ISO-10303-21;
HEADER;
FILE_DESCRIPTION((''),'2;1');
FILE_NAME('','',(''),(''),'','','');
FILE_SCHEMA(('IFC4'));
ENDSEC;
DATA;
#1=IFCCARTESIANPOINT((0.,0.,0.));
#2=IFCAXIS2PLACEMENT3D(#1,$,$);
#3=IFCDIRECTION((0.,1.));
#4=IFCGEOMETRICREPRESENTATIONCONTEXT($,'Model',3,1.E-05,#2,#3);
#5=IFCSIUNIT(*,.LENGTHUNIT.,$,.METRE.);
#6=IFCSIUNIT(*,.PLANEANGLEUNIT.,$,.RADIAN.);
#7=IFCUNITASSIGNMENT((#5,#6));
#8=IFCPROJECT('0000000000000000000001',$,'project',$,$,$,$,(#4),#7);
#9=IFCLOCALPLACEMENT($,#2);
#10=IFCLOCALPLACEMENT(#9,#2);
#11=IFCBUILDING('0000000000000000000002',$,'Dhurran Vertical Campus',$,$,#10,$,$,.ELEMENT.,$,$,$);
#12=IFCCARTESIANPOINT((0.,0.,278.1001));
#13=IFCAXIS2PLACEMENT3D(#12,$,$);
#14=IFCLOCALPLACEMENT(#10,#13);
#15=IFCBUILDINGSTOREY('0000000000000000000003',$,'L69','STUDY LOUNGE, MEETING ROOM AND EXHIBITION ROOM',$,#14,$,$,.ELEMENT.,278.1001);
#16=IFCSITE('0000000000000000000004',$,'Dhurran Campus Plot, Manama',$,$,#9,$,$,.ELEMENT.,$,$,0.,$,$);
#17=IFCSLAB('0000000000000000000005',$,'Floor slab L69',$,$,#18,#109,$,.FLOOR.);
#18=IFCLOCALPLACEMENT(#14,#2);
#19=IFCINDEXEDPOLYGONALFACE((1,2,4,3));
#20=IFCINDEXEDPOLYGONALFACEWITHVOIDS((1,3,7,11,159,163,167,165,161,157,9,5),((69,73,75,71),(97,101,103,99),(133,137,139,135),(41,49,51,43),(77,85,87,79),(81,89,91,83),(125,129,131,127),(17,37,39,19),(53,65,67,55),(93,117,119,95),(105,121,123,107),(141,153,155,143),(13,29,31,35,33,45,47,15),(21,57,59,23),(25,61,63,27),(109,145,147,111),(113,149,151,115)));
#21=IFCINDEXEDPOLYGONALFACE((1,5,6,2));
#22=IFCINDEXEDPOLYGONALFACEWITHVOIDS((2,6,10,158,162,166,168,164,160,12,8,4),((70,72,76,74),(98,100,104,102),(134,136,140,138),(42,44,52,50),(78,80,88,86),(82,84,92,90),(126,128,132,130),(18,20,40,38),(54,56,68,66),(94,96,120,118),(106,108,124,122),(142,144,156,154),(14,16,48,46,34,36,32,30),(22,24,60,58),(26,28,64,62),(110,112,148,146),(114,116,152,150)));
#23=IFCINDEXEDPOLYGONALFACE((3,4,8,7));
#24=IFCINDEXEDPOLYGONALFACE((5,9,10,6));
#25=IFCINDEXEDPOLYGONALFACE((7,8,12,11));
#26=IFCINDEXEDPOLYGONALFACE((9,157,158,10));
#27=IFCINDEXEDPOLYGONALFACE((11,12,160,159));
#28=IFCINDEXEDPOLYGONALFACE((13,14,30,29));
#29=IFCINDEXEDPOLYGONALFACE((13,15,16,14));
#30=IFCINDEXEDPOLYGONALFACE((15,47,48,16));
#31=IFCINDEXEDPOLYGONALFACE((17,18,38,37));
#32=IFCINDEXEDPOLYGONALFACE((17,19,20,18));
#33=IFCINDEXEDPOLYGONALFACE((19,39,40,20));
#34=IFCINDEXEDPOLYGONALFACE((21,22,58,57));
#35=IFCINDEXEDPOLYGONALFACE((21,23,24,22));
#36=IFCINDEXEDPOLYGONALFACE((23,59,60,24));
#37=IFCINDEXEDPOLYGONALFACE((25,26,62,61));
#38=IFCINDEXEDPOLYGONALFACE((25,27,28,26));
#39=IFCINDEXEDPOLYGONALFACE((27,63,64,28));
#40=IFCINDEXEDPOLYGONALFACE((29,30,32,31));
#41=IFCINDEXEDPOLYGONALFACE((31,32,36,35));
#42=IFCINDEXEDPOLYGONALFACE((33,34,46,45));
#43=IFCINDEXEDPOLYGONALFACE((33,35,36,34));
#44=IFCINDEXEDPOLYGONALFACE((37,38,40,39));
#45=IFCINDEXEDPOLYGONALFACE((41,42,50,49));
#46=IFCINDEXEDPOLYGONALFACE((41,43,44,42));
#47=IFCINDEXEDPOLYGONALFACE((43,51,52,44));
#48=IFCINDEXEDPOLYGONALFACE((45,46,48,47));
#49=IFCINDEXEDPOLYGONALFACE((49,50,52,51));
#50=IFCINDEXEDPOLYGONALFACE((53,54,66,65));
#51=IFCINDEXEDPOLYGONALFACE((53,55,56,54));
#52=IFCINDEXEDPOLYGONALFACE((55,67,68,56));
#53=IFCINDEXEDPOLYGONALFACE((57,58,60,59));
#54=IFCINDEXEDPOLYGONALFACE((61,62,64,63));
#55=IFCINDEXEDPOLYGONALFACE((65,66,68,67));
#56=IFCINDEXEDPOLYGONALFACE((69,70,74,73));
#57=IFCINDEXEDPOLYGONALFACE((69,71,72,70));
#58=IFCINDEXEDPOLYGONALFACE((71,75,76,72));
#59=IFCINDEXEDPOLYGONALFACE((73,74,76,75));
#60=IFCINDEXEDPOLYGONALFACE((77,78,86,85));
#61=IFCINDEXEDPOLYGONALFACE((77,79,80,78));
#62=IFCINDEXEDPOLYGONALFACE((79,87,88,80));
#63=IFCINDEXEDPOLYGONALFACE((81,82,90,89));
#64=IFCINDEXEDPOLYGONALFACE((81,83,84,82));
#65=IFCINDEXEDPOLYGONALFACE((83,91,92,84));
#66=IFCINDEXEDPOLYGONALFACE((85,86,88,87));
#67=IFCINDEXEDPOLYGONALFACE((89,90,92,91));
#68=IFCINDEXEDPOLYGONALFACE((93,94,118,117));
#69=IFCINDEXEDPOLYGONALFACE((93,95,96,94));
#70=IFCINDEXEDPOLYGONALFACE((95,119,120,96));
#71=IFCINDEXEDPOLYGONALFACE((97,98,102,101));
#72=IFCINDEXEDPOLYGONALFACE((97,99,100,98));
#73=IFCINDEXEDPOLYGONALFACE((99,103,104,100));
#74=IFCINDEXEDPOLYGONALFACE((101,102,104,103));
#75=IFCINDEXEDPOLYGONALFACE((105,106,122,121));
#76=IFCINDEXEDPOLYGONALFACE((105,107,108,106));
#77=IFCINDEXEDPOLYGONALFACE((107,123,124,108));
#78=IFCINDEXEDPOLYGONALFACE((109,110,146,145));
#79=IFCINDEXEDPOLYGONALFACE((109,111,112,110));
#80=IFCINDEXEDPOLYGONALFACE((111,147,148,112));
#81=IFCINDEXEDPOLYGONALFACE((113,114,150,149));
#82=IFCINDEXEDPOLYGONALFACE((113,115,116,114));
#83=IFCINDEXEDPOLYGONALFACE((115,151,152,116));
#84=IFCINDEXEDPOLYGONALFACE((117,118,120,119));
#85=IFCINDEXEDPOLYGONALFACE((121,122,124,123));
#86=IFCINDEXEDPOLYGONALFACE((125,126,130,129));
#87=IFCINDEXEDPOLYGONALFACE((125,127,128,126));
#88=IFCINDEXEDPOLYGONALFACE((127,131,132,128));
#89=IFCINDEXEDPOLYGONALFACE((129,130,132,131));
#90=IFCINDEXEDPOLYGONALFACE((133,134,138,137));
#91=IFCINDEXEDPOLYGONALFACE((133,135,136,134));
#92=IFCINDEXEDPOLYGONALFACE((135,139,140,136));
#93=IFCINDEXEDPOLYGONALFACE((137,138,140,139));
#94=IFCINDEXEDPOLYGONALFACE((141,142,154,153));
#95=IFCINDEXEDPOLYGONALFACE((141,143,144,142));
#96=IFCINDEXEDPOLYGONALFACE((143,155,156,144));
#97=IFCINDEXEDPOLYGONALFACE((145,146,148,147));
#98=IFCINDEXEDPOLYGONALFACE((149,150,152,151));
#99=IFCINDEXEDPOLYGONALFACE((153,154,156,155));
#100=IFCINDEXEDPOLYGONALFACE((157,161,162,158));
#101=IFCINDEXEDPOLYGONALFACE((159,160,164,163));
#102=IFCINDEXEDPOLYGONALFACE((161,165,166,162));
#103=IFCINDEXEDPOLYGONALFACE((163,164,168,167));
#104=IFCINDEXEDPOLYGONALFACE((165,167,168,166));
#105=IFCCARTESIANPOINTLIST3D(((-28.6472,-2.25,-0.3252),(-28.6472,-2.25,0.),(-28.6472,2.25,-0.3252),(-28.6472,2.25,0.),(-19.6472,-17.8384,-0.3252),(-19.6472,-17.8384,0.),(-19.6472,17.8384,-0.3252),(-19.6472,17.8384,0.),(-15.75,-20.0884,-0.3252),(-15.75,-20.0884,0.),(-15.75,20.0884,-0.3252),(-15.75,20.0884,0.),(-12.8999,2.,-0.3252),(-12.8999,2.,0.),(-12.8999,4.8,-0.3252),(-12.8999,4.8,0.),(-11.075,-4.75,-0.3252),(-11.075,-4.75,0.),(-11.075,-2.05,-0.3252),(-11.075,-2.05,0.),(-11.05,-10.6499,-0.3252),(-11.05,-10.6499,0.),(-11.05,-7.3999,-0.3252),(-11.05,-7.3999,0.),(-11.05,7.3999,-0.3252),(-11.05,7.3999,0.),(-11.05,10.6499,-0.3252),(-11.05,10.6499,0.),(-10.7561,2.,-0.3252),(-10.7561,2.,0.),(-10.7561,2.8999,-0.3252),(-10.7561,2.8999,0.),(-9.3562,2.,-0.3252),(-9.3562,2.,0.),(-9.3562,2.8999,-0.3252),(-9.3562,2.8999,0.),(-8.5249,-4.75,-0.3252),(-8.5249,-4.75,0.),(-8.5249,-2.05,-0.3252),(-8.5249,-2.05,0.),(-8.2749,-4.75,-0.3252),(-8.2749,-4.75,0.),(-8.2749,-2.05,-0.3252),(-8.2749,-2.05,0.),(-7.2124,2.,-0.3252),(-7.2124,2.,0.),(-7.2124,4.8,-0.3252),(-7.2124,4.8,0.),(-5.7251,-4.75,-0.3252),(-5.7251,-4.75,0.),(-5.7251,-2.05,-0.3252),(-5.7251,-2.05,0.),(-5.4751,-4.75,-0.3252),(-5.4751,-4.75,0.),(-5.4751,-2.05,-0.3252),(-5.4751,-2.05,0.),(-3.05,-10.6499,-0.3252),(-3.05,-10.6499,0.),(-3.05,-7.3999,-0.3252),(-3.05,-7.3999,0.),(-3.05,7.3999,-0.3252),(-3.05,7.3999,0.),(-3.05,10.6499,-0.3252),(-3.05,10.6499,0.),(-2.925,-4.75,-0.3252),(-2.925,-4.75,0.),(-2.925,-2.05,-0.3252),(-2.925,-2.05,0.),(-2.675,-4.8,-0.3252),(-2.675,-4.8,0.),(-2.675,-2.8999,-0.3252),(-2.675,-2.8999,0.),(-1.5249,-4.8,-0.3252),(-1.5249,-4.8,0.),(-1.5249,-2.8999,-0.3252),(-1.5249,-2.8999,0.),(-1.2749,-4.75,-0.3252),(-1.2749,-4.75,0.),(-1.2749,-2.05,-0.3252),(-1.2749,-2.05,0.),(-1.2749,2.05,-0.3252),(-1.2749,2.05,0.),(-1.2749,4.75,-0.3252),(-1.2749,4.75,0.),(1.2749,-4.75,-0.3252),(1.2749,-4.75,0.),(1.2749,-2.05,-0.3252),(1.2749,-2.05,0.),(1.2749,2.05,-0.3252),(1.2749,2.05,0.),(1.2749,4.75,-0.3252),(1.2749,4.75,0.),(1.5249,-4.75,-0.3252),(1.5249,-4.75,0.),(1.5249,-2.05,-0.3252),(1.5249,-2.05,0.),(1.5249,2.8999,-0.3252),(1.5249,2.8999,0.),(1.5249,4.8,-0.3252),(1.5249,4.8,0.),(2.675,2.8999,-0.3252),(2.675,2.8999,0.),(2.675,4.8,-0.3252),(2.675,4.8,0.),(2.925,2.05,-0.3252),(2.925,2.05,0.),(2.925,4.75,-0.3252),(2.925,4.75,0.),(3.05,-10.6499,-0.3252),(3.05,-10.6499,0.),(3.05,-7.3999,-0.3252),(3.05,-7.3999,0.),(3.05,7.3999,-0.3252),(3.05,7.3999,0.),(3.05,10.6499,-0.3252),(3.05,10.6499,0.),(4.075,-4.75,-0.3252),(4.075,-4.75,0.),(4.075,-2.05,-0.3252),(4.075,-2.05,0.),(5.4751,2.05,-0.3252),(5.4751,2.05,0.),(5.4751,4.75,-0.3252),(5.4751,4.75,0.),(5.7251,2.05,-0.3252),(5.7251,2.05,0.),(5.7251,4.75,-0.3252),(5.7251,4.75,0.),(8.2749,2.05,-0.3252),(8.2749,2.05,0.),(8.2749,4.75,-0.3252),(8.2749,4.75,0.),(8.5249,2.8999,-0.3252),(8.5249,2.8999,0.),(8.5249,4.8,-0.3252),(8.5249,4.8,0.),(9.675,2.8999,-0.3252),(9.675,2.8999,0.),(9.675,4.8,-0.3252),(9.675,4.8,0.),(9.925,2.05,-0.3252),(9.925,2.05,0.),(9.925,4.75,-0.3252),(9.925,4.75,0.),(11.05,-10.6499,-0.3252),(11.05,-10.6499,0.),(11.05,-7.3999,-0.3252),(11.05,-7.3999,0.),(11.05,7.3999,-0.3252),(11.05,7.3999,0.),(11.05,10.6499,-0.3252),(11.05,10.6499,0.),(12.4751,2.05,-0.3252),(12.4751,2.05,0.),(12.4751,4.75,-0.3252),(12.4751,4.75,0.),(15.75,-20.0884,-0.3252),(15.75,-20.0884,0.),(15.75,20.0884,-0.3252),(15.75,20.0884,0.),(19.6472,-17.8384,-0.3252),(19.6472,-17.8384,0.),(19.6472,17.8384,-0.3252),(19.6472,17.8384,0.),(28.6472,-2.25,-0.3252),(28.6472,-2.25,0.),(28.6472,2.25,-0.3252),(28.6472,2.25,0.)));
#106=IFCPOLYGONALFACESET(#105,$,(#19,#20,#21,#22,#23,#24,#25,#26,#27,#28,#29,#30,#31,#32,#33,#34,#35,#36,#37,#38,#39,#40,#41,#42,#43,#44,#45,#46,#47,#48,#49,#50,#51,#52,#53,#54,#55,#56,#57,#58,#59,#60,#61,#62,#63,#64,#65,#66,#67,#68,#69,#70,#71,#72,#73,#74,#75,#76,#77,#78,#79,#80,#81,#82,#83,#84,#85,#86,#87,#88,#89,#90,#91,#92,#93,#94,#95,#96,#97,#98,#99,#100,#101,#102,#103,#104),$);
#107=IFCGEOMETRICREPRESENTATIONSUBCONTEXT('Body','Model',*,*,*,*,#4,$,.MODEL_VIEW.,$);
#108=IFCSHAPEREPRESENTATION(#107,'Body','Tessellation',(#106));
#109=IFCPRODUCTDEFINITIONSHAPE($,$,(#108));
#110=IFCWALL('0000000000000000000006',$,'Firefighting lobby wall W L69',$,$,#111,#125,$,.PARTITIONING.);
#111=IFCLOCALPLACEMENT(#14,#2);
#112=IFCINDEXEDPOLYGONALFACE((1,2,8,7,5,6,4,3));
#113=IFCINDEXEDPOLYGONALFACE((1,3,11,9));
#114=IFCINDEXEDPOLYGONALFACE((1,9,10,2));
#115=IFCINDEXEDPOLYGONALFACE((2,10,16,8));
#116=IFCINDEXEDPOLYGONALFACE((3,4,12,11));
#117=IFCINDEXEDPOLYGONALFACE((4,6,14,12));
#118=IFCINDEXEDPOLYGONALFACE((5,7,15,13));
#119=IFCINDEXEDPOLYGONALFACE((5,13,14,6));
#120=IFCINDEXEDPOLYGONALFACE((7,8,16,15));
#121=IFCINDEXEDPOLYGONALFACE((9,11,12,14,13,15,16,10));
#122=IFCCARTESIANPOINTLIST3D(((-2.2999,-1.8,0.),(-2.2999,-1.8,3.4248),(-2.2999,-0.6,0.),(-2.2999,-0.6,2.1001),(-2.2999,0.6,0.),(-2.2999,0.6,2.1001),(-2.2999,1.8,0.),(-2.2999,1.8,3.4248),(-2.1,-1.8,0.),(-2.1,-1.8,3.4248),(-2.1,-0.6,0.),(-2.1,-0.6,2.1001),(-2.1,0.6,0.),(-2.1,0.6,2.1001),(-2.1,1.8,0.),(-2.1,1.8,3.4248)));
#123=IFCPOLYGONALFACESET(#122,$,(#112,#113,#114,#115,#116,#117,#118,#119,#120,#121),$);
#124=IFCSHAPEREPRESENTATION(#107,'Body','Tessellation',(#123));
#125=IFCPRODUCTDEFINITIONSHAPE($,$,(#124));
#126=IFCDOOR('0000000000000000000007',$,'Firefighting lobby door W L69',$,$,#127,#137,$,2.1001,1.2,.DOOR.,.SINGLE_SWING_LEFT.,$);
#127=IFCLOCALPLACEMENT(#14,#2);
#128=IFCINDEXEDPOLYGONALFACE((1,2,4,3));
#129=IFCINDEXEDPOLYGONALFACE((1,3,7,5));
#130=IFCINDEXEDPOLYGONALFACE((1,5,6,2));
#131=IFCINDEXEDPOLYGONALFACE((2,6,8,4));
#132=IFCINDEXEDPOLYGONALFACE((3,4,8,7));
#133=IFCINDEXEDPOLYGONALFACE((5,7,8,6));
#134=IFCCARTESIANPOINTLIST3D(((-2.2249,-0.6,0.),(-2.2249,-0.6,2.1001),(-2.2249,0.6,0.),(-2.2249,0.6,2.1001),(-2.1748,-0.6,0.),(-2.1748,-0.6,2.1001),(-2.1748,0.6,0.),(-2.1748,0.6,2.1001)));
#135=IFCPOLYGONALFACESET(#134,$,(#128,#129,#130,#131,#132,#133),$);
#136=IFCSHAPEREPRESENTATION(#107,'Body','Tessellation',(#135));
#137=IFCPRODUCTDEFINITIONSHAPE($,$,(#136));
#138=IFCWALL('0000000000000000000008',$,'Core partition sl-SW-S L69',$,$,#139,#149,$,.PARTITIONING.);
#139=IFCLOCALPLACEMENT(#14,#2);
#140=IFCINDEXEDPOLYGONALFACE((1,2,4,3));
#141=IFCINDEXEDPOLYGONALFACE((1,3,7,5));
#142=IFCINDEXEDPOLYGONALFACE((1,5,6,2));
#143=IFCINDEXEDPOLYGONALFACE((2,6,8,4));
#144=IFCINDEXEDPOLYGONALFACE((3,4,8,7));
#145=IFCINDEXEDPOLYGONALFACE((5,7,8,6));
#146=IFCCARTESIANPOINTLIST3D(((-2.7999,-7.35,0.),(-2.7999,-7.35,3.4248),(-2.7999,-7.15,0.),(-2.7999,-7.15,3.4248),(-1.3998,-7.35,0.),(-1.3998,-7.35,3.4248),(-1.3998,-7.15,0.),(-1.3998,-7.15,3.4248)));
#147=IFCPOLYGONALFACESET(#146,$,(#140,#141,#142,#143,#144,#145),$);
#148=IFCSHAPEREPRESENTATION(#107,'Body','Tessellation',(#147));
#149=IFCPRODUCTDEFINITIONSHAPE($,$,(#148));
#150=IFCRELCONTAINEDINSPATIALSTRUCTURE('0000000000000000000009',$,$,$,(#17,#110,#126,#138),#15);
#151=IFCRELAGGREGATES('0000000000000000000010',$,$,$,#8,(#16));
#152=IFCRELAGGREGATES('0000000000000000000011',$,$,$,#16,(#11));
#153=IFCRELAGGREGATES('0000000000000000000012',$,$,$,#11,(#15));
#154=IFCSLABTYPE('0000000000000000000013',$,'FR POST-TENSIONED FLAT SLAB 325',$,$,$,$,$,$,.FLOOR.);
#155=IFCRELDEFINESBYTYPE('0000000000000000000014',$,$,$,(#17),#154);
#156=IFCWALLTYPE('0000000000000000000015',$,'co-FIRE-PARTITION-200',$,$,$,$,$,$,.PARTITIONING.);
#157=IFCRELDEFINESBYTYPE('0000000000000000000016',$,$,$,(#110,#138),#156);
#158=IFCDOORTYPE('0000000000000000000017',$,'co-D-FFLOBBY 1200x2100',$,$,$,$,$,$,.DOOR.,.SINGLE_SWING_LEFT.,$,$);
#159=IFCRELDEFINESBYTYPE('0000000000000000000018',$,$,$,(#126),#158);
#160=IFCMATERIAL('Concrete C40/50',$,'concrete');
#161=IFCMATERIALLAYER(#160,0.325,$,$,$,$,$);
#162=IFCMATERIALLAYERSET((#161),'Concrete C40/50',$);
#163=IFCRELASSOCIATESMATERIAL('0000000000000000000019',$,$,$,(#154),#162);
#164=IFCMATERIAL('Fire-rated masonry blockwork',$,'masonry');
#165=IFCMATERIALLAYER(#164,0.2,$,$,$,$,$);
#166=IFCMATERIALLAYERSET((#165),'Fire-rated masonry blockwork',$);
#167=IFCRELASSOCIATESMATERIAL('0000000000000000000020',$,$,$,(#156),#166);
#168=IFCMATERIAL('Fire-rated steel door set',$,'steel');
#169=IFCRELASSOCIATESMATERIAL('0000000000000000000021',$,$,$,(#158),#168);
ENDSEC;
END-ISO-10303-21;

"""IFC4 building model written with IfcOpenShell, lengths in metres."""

from ifc_helpers import new_model, si_unit, direction, frame, frame_2d, origin, place, context, subcontext, project, spatial, polyline, rectangle, outline, extrude, material, layer, layer_set, type_object, element, fill, save


model = new_model("IFC4")

# Units and contexts
model_context = context("Model", 3, precision=1e-05, world=origin(), true_north=direction((0.0, 1.0)))
body_context = subcontext(model_context, "Body", "Model", "MODEL_VIEW")
ifc_project = project(units=[si_unit("LENGTHUNIT", "METRE"), si_unit("PLANEANGLEUNIT", "RADIAN")], contexts=[model_context])

# Site, building, storey
site_placement = place(None, origin())
site = spatial("IfcSite", under=ifc_project, at=site_placement, Name="Dhurran Campus Plot, Manama", CompositionType="ELEMENT", RefElevation=0.0)
building_placement = place(site_placement, origin())
building = spatial("IfcBuilding", under=site, at=building_placement, Name="Dhurran Vertical Campus", CompositionType="ELEMENT")
storey_placement = place(building_placement, frame((0.0, 0.0, 278.1001)))
storey = spatial("IfcBuildingStorey", under=building, at=storey_placement, Name="L69", Description="STUDY LOUNGE, MEETING ROOM AND EXHIBITION ROOM", CompositionType="ELEMENT", Elevation=278.1001)

# Slab
ifc_material_1 = material(Name="Concrete C40/50", Category="concrete")
ifc_layer_1 = layer(ifc_material_1, 0.325)
ifc_layer_set_1 = layer_set([ifc_layer_1], Name="Concrete C40/50")
slab_type = type_object("IfcSlabType", Name="FR POST-TENSIONED FLAT SLAB 325", PredefinedType="FLOOR", material=ifc_layer_set_1)
slab_placement = place(storey_placement, frame((0.0, 0.0, -0.3252)))
element("IfcSlab", 1, at=slab_placement, inside=storey, type_object=slab_type, Name="Floor slab L69", PredefinedType="FLOOR", context=body_context, shape_type="SweptSolid", body=[
    extrude(outline(polyline([(-15.75, -20.0884), (15.75, -20.0884), (19.6472, -17.8384), (28.6472, -2.25), (28.6472, 2.25), (19.6472, 17.8384), (15.75, 20.0884), (-15.75, 20.0884), (-19.6472, 17.8384), (-28.6472, 2.25), (-28.6472, -2.25), (-19.6472, -17.8384), (-15.75, -20.0884)]), holes=[polyline([(-1.2749, 2.05), (1.2749, 2.05), (1.2749, 4.75), (-1.2749, 4.75), (-1.2749, 2.05)]), polyline([(9.925, 2.05), (12.4751, 2.05), (12.4751, 4.75), (9.925, 4.75), (9.925, 2.05)]), polyline([(-1.2749, -4.75), (1.2749, -4.75), (1.2749, -2.05), (-1.2749, -2.05), (-1.2749, -4.75)]), polyline([(1.5249, -4.75), (4.075, -4.75), (4.075, -2.05), (1.5249, -2.05), (1.5249, -4.75)]), polyline([(2.925, 2.05), (5.4751, 2.05), (5.4751, 4.75), (2.925, 4.75), (2.925, 2.05)]), polyline([(5.7251, 2.05), (8.2749, 2.05), (8.2749, 4.75), (5.7251, 4.75), (5.7251, 2.05)]), polyline([(-11.075, -4.75), (-8.5249, -4.75), (-8.5249, -2.05), (-11.075, -2.05), (-11.075, -4.75)]), polyline([(-8.2749, -4.75), (-5.7251, -4.75), (-5.7251, -2.05), (-8.2749, -2.05), (-8.2749, -4.75)]), polyline([(-5.4751, -4.75), (-2.925, -4.75), (-2.925, -2.05), (-5.4751, -2.05), (-5.4751, -4.75)]), polyline([(-11.05, 7.3999), (-3.05, 7.3999), (-3.05, 10.6499), (-11.05, 10.6499), (-11.05, 7.3999)]), polyline([(3.05, 7.3999), (11.05, 7.3999), (11.05, 10.6499), (3.05, 10.6499), (3.05, 7.3999)]), polyline([(-11.05, -10.6499), (-3.05, -10.6499), (-3.05, -7.3999), (-11.05, -7.3999), (-11.05, -10.6499)]), polyline([(3.05, -10.6499), (11.05, -10.6499), (11.05, -7.3999), (3.05, -7.3999), (3.05, -10.6499)]), polyline([(-7.2124, 4.8), (-7.2124, 2.0), (-9.3562, 2.0), (-9.3562, 2.8999), (-10.7561, 2.8999), (-10.7561, 2.0), (-12.8999, 2.0), (-12.8999, 4.8), (-7.2124, 4.8)]), polyline([(2.675, 2.8999), (1.5249, 2.8999), (1.5249, 4.8), (2.675, 4.8), (2.675, 2.8999)]), polyline([(-2.675, -2.8999), (-1.5249, -2.8999), (-1.5249, -4.8), (-2.675, -4.8), (-2.675, -2.8999)]), polyline([(9.675, 2.8999), (8.5249, 2.8999), (8.5249, 4.8), (9.675, 4.8), (9.675, 2.8999)])]), origin(), (0.0, 0.0, 1.0), 0.3252),
])

# Wall, opening, door
ifc_material_2 = material(Name="Fire-rated masonry blockwork", Category="masonry")
ifc_layer_2 = layer(ifc_material_2, 0.2)
ifc_layer_set_2 = layer_set([ifc_layer_2], Name="Fire-rated masonry blockwork")
wall_type_1 = type_object("IfcWallType", Name="co-FIRE-PARTITION-200", PredefinedType="PARTITIONING", material=ifc_layer_set_2)
wall_1_placement = place(storey_placement, frame((-2.2, -1.8, 0.0), z_axis=(0.0, 0.0, 1.0), x_axis=(0.0, 1.0, 0.0)))
wall_1 = element("IfcWall", 2, at=wall_1_placement, inside=storey, type_object=wall_type_1, Name="Firefighting lobby wall W L69", PredefinedType="PARTITIONING", context=body_context, shape_type="SweptSolid", body=[
    extrude(rectangle(XDim=3.6001, YDim=0.2, at=frame_2d((1.8, 0.0))), origin(), (0.0, 0.0, 1.0), 3.4248),
])
opening_1_placement = place(wall_1_placement, frame((1.2, 0.0, 0.0)))
opening_1 = element("IfcOpeningElement", 3, at=opening_1_placement, cuts=wall_1, PredefinedType="OPENING", context=body_context, shape_type="SweptSolid", body=[
    extrude(rectangle(XDim=1.2, YDim=2.1001, at=frame_2d((0.6001, 1.05))), frame((0.0, 0.1099, 0.0), z_axis=(0.0, -1.0, 0.0), x_axis=(1.0, 0.0, 0.0)), (0.0, 0.0, 1.0), 0.22),
])
ifc_material_3 = material(Name="Fire-rated steel door set", Category="steel")
door_type_1 = type_object("IfcDoorType", Name="co-D-FFLOBBY 1200x2100", OperationType="SINGLE_SWING_LEFT", PredefinedType="DOOR", material=ifc_material_3)
door_1_placement = place(opening_1_placement, origin())
door_1 = element("IfcDoor", 4, at=door_1_placement, inside=storey, type_object=door_type_1, Name="Firefighting lobby door W L69", OperationType="SINGLE_SWING_LEFT", OverallHeight=2.1001, OverallWidth=1.2, PredefinedType="DOOR", context=body_context, shape_type="SweptSolid", body=[
    extrude(rectangle(XDim=1.2, YDim=2.1001, at=frame_2d((0.6001, 1.05))), frame((0.0, 0.0249, 0.0), z_axis=(0.0, -1.0, 0.0), x_axis=(1.0, 0.0, 0.0)), (0.0, 0.0, 1.0), 0.05),
])
fill(opening_1, door_1)

# Wall
wall_2_placement = place(storey_placement, frame((-2.8, -7.25, 0.0), z_axis=(0.0, 0.0, 1.0), x_axis=(1.0, 0.0, 0.0)))
element("IfcWall", 5, at=wall_2_placement, inside=storey, type_object=wall_type_1, Name="Core partition sl-SW-S L69", PredefinedType="PARTITIONING", context=body_context, shape_type="SweptSolid", body=[
    extrude(rectangle(XDim=1.4001, YDim=0.2, at=frame_2d((0.7002, 0.0))), origin(), (0.0, 0.0, 1.0), 3.4248),
])

save(model, "model.ifc")
